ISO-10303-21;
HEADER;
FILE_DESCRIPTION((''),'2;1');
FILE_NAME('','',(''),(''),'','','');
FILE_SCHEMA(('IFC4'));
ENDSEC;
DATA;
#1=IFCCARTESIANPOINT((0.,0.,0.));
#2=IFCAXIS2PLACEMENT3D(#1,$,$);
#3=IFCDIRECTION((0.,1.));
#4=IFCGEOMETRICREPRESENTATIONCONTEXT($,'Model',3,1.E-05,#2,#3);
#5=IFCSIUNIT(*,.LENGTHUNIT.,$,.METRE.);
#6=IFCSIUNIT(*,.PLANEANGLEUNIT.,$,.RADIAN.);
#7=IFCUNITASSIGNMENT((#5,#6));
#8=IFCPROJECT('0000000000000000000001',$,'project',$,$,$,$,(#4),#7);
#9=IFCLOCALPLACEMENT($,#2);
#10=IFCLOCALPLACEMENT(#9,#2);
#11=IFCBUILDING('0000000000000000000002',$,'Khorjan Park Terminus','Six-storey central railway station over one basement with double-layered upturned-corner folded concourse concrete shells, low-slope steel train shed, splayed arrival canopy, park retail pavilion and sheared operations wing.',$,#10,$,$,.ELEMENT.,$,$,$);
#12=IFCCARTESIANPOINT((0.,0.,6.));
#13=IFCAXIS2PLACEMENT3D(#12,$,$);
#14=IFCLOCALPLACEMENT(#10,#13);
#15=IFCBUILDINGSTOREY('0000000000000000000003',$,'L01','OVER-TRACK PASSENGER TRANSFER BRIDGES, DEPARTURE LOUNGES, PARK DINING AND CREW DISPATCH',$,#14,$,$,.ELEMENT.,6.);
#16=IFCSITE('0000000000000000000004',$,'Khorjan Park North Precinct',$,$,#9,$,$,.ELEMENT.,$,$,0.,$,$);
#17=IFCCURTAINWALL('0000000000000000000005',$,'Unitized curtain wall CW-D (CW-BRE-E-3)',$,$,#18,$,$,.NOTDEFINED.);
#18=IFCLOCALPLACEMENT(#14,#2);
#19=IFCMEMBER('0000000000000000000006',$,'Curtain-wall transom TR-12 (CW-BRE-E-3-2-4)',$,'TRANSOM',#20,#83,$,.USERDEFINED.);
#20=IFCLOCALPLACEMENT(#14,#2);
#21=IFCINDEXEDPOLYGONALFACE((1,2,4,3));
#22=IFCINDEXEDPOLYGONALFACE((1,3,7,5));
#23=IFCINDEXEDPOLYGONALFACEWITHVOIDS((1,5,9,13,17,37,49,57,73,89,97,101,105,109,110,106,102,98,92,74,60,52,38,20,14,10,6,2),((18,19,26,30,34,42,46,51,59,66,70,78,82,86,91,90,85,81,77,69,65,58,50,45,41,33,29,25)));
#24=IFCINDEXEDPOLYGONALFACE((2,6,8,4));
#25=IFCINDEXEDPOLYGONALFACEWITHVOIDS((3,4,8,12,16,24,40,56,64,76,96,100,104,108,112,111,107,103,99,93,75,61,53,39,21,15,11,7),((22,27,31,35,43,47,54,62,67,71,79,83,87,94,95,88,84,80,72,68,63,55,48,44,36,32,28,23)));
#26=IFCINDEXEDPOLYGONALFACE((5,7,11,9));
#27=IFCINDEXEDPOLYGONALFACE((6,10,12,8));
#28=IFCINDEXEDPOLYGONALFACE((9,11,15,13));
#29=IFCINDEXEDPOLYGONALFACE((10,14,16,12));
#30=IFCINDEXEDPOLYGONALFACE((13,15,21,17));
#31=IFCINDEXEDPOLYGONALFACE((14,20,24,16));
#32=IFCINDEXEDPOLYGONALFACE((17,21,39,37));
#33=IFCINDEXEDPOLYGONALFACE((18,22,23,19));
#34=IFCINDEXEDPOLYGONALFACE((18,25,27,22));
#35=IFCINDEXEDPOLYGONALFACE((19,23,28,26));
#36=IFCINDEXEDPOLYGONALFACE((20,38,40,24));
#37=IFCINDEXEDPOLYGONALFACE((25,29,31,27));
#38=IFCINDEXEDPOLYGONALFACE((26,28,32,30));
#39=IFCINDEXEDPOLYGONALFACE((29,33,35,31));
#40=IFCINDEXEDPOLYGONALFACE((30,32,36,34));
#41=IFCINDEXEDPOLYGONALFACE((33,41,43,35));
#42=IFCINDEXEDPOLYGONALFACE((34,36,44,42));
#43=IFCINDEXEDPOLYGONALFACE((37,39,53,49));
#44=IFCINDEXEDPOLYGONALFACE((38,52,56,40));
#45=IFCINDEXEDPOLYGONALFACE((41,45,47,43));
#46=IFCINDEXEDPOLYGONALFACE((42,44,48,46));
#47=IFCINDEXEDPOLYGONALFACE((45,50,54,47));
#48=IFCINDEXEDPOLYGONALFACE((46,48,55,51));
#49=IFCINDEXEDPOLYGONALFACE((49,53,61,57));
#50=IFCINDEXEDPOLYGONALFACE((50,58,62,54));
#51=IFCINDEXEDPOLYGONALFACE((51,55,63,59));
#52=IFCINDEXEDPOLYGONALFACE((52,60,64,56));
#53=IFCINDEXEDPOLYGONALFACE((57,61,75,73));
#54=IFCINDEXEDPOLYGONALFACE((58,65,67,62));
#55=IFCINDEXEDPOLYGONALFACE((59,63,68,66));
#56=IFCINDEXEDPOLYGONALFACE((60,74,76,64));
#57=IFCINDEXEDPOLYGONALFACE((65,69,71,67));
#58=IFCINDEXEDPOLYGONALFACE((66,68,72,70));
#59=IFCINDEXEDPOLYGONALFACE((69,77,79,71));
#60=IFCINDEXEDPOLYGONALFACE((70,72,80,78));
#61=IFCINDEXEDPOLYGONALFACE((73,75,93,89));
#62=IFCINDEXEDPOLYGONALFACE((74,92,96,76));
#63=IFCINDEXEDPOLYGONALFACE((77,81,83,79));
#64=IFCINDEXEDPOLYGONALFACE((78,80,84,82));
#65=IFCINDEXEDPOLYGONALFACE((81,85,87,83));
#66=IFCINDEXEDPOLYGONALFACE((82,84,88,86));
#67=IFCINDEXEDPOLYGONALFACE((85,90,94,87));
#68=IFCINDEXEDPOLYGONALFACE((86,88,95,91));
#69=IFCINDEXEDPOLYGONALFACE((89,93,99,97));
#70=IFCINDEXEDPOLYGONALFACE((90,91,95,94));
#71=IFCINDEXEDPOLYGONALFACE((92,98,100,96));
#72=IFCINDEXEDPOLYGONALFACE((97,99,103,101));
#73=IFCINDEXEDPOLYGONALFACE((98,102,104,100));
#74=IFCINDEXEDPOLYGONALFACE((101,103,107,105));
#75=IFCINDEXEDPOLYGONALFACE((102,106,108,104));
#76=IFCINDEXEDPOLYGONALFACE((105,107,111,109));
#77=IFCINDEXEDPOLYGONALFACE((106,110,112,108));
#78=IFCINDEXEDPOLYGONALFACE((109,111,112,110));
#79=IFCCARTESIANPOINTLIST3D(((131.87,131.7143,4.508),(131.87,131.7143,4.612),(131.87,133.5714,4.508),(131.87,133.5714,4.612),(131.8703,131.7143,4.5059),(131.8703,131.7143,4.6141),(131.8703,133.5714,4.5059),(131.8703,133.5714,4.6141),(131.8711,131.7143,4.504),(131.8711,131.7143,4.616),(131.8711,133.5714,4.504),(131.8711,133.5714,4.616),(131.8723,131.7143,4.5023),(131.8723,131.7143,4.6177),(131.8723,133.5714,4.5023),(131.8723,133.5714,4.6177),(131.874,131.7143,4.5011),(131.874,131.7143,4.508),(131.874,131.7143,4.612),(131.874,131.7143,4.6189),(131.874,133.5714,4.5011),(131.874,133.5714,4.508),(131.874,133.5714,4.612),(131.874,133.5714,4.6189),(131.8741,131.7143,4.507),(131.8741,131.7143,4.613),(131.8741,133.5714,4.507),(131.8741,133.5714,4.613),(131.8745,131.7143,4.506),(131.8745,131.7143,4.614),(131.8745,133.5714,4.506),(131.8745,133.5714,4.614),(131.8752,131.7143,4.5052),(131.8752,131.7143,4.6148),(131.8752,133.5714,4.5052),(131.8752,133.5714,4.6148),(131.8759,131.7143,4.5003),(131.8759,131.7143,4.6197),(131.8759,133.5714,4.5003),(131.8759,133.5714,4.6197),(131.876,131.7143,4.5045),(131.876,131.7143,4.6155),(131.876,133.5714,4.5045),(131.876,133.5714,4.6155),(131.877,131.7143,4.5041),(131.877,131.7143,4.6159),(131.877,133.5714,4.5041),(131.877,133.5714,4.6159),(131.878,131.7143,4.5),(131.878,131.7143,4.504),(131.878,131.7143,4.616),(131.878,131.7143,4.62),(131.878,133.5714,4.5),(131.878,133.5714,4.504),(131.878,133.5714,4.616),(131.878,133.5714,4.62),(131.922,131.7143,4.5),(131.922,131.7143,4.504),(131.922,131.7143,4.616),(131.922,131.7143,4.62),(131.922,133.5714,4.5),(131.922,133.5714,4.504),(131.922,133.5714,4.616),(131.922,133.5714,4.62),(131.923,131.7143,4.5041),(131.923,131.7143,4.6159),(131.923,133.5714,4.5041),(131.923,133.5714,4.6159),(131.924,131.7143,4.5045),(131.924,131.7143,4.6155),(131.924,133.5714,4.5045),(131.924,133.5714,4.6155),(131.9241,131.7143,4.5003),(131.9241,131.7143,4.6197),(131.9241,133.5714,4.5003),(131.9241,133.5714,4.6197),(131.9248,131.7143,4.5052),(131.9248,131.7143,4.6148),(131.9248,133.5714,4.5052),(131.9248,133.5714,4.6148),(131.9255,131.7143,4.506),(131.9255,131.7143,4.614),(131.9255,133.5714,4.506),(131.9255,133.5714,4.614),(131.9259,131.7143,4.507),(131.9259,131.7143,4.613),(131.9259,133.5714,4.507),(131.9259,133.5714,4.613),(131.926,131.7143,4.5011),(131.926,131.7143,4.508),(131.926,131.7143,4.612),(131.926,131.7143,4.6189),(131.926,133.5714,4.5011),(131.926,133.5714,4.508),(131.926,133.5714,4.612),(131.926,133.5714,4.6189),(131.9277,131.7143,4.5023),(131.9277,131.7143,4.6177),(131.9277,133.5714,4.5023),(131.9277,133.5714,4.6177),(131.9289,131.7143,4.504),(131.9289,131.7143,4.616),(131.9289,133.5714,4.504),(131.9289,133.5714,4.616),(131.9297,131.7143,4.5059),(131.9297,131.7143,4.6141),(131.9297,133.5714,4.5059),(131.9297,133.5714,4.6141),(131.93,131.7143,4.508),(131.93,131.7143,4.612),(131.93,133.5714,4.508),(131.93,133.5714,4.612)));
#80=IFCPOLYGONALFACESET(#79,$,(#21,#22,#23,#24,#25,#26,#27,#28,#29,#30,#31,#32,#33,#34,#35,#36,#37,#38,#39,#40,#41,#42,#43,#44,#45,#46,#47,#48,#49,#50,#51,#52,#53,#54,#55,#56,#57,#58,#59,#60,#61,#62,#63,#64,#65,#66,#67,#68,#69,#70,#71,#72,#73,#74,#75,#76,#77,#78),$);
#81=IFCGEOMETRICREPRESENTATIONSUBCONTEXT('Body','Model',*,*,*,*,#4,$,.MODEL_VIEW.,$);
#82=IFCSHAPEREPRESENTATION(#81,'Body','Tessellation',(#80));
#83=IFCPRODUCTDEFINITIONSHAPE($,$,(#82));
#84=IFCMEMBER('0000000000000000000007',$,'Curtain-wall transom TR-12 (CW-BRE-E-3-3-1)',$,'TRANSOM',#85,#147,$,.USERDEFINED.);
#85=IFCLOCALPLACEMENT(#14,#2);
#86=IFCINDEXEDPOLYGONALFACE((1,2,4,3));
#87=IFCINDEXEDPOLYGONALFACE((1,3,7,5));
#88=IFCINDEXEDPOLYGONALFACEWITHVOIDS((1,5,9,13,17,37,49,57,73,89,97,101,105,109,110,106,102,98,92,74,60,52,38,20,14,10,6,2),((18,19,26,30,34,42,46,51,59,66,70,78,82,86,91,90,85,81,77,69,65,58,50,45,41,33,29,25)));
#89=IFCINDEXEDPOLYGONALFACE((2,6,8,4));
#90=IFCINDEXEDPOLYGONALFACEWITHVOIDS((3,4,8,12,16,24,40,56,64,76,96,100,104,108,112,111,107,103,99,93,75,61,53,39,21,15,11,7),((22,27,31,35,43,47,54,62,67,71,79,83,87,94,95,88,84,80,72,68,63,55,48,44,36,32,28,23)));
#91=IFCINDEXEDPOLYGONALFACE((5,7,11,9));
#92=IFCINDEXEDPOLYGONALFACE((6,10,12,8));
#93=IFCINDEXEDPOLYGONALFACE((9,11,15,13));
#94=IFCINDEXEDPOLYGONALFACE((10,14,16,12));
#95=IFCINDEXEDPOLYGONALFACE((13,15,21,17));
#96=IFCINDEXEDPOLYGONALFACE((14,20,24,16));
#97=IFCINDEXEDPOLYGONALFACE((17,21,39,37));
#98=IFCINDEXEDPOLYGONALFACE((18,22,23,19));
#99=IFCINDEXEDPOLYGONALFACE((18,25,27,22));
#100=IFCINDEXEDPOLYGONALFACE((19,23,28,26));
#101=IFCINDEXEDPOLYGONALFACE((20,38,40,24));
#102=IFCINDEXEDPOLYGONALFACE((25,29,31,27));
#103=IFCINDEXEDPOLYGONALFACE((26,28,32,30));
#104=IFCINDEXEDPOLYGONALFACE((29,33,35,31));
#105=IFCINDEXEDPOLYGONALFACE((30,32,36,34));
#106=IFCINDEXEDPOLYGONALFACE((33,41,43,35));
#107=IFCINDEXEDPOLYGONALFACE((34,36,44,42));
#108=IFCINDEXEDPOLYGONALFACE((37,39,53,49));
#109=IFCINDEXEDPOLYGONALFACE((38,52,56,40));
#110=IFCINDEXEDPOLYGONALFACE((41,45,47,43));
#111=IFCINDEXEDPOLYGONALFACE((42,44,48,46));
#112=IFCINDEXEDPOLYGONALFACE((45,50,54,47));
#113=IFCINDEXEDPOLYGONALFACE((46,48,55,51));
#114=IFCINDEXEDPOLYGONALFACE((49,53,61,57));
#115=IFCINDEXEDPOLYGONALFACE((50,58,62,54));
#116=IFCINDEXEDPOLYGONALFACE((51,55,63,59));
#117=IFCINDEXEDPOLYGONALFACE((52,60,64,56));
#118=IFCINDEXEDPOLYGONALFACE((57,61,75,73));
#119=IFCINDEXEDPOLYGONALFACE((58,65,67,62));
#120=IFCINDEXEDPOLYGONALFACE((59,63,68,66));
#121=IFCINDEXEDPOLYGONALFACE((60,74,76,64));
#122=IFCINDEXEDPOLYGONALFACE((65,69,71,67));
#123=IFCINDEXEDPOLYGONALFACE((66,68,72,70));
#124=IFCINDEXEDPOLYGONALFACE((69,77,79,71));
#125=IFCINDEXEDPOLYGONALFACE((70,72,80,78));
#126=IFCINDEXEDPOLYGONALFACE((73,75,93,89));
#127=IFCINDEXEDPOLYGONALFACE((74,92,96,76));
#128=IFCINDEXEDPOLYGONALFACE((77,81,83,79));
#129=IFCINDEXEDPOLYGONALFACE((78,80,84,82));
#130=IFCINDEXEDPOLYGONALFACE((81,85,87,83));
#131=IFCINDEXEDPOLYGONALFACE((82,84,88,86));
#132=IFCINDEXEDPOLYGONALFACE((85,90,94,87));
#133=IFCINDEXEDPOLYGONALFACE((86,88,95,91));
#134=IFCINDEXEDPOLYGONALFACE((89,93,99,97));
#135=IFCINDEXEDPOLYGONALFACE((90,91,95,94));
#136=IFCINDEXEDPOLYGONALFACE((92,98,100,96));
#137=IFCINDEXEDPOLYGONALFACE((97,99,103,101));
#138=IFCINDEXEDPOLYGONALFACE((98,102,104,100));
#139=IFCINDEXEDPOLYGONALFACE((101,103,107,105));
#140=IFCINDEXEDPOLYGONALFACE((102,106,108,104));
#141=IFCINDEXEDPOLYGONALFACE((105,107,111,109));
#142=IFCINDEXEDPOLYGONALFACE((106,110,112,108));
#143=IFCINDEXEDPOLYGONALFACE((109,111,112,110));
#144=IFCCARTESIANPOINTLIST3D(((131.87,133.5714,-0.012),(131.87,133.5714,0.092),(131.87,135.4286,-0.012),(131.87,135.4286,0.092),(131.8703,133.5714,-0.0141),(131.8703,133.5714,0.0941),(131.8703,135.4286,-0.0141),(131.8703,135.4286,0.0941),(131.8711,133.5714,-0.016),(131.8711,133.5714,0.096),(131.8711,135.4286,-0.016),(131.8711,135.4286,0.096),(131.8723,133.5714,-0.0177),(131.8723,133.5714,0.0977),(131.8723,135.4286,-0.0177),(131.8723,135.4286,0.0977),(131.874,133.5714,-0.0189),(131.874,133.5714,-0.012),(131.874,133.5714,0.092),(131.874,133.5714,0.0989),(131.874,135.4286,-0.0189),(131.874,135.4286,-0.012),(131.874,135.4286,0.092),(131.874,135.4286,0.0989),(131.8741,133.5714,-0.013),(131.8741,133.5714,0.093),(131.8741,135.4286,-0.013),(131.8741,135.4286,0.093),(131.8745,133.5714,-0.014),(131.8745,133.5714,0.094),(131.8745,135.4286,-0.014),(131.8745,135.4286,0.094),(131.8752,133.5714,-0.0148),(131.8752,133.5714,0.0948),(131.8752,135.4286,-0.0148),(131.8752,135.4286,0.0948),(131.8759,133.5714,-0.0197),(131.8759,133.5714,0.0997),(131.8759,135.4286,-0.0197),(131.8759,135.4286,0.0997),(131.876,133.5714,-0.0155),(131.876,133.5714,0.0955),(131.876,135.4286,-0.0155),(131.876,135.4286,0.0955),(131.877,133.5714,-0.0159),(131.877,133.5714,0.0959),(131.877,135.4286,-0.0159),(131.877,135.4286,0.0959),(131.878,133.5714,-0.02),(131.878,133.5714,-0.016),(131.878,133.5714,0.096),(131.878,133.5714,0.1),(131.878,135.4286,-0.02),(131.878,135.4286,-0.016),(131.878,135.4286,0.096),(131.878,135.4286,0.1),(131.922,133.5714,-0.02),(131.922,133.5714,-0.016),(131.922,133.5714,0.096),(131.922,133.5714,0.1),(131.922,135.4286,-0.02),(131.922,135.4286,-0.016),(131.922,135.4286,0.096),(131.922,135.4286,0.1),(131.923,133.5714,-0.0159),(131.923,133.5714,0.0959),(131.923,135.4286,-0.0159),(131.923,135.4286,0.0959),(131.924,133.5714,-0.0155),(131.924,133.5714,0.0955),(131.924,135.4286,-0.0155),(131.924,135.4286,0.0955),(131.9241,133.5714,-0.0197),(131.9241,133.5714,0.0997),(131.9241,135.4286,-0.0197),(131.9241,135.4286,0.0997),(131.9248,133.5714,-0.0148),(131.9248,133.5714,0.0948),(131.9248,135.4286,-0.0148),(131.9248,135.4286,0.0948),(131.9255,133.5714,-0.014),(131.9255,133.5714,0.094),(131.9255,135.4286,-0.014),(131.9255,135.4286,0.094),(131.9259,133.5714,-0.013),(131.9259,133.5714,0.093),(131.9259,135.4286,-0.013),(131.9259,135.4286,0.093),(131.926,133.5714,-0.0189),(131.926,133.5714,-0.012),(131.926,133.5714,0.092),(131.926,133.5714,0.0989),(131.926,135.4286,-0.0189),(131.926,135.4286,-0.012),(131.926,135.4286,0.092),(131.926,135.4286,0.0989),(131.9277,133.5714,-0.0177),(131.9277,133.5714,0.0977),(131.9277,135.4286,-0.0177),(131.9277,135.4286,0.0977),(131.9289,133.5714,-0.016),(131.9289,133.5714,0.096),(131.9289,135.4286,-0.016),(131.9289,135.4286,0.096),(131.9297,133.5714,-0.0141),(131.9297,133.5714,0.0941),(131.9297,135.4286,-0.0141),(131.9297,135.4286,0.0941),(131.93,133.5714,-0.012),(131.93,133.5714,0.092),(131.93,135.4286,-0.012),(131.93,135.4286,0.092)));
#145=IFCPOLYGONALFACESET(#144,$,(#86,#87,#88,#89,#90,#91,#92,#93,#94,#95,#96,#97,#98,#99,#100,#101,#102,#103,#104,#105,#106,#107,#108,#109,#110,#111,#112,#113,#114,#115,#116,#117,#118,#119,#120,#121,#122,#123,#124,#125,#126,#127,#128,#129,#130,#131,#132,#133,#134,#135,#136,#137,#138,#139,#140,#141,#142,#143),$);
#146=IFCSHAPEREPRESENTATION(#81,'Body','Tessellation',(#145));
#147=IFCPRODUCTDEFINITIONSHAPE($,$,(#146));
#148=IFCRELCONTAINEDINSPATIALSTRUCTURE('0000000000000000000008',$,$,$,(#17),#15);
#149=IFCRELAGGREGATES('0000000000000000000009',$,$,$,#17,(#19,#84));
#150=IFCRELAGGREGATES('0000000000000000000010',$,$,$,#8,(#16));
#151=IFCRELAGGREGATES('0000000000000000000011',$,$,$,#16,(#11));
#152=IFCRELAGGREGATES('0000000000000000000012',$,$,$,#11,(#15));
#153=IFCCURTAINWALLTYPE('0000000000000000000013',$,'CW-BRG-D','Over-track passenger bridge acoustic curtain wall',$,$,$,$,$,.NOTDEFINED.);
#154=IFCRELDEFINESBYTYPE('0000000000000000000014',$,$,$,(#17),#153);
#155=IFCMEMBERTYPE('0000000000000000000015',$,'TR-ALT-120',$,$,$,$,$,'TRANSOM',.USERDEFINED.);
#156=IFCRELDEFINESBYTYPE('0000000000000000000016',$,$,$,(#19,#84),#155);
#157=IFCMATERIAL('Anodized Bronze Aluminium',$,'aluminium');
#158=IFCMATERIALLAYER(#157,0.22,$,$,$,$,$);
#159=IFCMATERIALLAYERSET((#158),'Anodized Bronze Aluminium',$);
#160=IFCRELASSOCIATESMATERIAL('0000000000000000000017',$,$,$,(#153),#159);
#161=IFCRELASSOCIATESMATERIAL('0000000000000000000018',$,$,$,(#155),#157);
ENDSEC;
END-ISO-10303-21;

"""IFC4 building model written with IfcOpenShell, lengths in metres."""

from ifc_helpers import new_model, si_unit, direction, frame, origin, origin_2d, place, context, subcontext, project, spatial, hollow_rectangle, extrude, material, layer, layer_set, material_profile, profile_set, type_object, element, aggregate, save


model = new_model("IFC4")

# Units and contexts
model_context = context("Model", 3, precision=1e-05, world=origin(), true_north=direction((0.0, 1.0)))
body_context = subcontext(model_context, "Body", "Model", "MODEL_VIEW")
ifc_project = project(units=[si_unit("LENGTHUNIT", "METRE"), si_unit("PLANEANGLEUNIT", "RADIAN")], contexts=[model_context])

# Site, building, storey
site_placement = place(None, origin())
site = spatial("IfcSite", under=ifc_project, at=site_placement, Name="Khorjan Park North Precinct", CompositionType="ELEMENT", RefElevation=0.0)
building_placement = place(site_placement, origin())
building = spatial("IfcBuilding", under=site, at=building_placement, Name="Khorjan Park Terminus", Description="Six-storey central railway station over one basement with double-layered upturned-corner folded concourse concrete shells, low-slope steel train shed, splayed arrival canopy, park retail pavilion and sheared operations wing.", CompositionType="ELEMENT")
storey_placement = place(building_placement, frame((0.0, 0.0, 6.0)))
storey = spatial("IfcBuildingStorey", under=building, at=storey_placement, Name="L01", Description="OVER-TRACK PASSENGER TRANSFER BRIDGES, DEPARTURE LOUNGES, PARK DINING AND CREW DISPATCH", CompositionType="ELEMENT", Elevation=6.0)

# Curtain wall, members
ifc_material_1 = material(Name="Anodized Bronze Aluminium", Category="aluminium")
ifc_layer_1 = layer(ifc_material_1, 0.22)
ifc_layer_set_1 = layer_set([ifc_layer_1], Name="Anodized Bronze Aluminium")
curtain_wall_type = type_object("IfcCurtainWallType", Name="CW-BRG-D", Description="Over-track passenger bridge acoustic curtain wall", PredefinedType="NOTDEFINED", material=ifc_layer_set_1)
curtain_wall_placement = place(storey_placement, origin())
curtain_wall = element("IfcCurtainWall", 1, at=curtain_wall_placement, inside=storey, type_object=curtain_wall_type, Name="Unitized curtain wall CW-D (CW-BRE-E-3)", PredefinedType="NOTDEFINED")
ifc_material_profile_1 = material_profile(ifc_material_1, hollow_rectangle(XDim=0.06, YDim=0.12, WallThickness=0.004, InnerFilletRadius=0.004, OuterFilletRadius=0.008, at=origin_2d()), Name="ALT 60x120x4")
ifc_profile_set_1 = profile_set([ifc_material_profile_1], Name="Anodized Bronze Aluminium")
member_type_1 = type_object("IfcMemberType", Name="TR-ALT-120", ElementType="TRANSOM", PredefinedType="USERDEFINED", material=ifc_profile_set_1)
member_1_placement = place(storey_placement, frame((131.9, 131.7143, 4.56), z_axis=(0.0, 1.0, 0.0), x_axis=(-1.0, 0.0, 0.0)))
member_1 = element("IfcMember", 2, at=member_1_placement, type_object=member_type_1, Name="Curtain-wall transom TR-12 (CW-BRE-E-3-2-4)", ObjectType="TRANSOM", PredefinedType="USERDEFINED", context=body_context, shape_type="SweptSolid", body=[
    extrude(hollow_rectangle(XDim=0.06, YDim=0.12, WallThickness=0.004, InnerFilletRadius=0.004, OuterFilletRadius=0.008, at=origin_2d()), origin(), (0.0, 0.0, 1.0), 1.8571),
])
member_2_placement = place(storey_placement, frame((131.9, 133.5714, 0.04), z_axis=(0.0, 1.0, 0.0), x_axis=(-1.0, 0.0, 0.0)))
member_2 = element("IfcMember", 3, at=member_2_placement, type_object=member_type_1, Name="Curtain-wall transom TR-12 (CW-BRE-E-3-3-1)", ObjectType="TRANSOM", PredefinedType="USERDEFINED", context=body_context, shape_type="SweptSolid", body=[
    extrude(hollow_rectangle(XDim=0.06, YDim=0.12, WallThickness=0.004, InnerFilletRadius=0.004, OuterFilletRadius=0.008, at=origin_2d()), origin(), (0.0, 0.0, 1.0), 1.8572),
])
aggregate(curtain_wall, [member_1, member_2])

save(model, "model.ifc")
